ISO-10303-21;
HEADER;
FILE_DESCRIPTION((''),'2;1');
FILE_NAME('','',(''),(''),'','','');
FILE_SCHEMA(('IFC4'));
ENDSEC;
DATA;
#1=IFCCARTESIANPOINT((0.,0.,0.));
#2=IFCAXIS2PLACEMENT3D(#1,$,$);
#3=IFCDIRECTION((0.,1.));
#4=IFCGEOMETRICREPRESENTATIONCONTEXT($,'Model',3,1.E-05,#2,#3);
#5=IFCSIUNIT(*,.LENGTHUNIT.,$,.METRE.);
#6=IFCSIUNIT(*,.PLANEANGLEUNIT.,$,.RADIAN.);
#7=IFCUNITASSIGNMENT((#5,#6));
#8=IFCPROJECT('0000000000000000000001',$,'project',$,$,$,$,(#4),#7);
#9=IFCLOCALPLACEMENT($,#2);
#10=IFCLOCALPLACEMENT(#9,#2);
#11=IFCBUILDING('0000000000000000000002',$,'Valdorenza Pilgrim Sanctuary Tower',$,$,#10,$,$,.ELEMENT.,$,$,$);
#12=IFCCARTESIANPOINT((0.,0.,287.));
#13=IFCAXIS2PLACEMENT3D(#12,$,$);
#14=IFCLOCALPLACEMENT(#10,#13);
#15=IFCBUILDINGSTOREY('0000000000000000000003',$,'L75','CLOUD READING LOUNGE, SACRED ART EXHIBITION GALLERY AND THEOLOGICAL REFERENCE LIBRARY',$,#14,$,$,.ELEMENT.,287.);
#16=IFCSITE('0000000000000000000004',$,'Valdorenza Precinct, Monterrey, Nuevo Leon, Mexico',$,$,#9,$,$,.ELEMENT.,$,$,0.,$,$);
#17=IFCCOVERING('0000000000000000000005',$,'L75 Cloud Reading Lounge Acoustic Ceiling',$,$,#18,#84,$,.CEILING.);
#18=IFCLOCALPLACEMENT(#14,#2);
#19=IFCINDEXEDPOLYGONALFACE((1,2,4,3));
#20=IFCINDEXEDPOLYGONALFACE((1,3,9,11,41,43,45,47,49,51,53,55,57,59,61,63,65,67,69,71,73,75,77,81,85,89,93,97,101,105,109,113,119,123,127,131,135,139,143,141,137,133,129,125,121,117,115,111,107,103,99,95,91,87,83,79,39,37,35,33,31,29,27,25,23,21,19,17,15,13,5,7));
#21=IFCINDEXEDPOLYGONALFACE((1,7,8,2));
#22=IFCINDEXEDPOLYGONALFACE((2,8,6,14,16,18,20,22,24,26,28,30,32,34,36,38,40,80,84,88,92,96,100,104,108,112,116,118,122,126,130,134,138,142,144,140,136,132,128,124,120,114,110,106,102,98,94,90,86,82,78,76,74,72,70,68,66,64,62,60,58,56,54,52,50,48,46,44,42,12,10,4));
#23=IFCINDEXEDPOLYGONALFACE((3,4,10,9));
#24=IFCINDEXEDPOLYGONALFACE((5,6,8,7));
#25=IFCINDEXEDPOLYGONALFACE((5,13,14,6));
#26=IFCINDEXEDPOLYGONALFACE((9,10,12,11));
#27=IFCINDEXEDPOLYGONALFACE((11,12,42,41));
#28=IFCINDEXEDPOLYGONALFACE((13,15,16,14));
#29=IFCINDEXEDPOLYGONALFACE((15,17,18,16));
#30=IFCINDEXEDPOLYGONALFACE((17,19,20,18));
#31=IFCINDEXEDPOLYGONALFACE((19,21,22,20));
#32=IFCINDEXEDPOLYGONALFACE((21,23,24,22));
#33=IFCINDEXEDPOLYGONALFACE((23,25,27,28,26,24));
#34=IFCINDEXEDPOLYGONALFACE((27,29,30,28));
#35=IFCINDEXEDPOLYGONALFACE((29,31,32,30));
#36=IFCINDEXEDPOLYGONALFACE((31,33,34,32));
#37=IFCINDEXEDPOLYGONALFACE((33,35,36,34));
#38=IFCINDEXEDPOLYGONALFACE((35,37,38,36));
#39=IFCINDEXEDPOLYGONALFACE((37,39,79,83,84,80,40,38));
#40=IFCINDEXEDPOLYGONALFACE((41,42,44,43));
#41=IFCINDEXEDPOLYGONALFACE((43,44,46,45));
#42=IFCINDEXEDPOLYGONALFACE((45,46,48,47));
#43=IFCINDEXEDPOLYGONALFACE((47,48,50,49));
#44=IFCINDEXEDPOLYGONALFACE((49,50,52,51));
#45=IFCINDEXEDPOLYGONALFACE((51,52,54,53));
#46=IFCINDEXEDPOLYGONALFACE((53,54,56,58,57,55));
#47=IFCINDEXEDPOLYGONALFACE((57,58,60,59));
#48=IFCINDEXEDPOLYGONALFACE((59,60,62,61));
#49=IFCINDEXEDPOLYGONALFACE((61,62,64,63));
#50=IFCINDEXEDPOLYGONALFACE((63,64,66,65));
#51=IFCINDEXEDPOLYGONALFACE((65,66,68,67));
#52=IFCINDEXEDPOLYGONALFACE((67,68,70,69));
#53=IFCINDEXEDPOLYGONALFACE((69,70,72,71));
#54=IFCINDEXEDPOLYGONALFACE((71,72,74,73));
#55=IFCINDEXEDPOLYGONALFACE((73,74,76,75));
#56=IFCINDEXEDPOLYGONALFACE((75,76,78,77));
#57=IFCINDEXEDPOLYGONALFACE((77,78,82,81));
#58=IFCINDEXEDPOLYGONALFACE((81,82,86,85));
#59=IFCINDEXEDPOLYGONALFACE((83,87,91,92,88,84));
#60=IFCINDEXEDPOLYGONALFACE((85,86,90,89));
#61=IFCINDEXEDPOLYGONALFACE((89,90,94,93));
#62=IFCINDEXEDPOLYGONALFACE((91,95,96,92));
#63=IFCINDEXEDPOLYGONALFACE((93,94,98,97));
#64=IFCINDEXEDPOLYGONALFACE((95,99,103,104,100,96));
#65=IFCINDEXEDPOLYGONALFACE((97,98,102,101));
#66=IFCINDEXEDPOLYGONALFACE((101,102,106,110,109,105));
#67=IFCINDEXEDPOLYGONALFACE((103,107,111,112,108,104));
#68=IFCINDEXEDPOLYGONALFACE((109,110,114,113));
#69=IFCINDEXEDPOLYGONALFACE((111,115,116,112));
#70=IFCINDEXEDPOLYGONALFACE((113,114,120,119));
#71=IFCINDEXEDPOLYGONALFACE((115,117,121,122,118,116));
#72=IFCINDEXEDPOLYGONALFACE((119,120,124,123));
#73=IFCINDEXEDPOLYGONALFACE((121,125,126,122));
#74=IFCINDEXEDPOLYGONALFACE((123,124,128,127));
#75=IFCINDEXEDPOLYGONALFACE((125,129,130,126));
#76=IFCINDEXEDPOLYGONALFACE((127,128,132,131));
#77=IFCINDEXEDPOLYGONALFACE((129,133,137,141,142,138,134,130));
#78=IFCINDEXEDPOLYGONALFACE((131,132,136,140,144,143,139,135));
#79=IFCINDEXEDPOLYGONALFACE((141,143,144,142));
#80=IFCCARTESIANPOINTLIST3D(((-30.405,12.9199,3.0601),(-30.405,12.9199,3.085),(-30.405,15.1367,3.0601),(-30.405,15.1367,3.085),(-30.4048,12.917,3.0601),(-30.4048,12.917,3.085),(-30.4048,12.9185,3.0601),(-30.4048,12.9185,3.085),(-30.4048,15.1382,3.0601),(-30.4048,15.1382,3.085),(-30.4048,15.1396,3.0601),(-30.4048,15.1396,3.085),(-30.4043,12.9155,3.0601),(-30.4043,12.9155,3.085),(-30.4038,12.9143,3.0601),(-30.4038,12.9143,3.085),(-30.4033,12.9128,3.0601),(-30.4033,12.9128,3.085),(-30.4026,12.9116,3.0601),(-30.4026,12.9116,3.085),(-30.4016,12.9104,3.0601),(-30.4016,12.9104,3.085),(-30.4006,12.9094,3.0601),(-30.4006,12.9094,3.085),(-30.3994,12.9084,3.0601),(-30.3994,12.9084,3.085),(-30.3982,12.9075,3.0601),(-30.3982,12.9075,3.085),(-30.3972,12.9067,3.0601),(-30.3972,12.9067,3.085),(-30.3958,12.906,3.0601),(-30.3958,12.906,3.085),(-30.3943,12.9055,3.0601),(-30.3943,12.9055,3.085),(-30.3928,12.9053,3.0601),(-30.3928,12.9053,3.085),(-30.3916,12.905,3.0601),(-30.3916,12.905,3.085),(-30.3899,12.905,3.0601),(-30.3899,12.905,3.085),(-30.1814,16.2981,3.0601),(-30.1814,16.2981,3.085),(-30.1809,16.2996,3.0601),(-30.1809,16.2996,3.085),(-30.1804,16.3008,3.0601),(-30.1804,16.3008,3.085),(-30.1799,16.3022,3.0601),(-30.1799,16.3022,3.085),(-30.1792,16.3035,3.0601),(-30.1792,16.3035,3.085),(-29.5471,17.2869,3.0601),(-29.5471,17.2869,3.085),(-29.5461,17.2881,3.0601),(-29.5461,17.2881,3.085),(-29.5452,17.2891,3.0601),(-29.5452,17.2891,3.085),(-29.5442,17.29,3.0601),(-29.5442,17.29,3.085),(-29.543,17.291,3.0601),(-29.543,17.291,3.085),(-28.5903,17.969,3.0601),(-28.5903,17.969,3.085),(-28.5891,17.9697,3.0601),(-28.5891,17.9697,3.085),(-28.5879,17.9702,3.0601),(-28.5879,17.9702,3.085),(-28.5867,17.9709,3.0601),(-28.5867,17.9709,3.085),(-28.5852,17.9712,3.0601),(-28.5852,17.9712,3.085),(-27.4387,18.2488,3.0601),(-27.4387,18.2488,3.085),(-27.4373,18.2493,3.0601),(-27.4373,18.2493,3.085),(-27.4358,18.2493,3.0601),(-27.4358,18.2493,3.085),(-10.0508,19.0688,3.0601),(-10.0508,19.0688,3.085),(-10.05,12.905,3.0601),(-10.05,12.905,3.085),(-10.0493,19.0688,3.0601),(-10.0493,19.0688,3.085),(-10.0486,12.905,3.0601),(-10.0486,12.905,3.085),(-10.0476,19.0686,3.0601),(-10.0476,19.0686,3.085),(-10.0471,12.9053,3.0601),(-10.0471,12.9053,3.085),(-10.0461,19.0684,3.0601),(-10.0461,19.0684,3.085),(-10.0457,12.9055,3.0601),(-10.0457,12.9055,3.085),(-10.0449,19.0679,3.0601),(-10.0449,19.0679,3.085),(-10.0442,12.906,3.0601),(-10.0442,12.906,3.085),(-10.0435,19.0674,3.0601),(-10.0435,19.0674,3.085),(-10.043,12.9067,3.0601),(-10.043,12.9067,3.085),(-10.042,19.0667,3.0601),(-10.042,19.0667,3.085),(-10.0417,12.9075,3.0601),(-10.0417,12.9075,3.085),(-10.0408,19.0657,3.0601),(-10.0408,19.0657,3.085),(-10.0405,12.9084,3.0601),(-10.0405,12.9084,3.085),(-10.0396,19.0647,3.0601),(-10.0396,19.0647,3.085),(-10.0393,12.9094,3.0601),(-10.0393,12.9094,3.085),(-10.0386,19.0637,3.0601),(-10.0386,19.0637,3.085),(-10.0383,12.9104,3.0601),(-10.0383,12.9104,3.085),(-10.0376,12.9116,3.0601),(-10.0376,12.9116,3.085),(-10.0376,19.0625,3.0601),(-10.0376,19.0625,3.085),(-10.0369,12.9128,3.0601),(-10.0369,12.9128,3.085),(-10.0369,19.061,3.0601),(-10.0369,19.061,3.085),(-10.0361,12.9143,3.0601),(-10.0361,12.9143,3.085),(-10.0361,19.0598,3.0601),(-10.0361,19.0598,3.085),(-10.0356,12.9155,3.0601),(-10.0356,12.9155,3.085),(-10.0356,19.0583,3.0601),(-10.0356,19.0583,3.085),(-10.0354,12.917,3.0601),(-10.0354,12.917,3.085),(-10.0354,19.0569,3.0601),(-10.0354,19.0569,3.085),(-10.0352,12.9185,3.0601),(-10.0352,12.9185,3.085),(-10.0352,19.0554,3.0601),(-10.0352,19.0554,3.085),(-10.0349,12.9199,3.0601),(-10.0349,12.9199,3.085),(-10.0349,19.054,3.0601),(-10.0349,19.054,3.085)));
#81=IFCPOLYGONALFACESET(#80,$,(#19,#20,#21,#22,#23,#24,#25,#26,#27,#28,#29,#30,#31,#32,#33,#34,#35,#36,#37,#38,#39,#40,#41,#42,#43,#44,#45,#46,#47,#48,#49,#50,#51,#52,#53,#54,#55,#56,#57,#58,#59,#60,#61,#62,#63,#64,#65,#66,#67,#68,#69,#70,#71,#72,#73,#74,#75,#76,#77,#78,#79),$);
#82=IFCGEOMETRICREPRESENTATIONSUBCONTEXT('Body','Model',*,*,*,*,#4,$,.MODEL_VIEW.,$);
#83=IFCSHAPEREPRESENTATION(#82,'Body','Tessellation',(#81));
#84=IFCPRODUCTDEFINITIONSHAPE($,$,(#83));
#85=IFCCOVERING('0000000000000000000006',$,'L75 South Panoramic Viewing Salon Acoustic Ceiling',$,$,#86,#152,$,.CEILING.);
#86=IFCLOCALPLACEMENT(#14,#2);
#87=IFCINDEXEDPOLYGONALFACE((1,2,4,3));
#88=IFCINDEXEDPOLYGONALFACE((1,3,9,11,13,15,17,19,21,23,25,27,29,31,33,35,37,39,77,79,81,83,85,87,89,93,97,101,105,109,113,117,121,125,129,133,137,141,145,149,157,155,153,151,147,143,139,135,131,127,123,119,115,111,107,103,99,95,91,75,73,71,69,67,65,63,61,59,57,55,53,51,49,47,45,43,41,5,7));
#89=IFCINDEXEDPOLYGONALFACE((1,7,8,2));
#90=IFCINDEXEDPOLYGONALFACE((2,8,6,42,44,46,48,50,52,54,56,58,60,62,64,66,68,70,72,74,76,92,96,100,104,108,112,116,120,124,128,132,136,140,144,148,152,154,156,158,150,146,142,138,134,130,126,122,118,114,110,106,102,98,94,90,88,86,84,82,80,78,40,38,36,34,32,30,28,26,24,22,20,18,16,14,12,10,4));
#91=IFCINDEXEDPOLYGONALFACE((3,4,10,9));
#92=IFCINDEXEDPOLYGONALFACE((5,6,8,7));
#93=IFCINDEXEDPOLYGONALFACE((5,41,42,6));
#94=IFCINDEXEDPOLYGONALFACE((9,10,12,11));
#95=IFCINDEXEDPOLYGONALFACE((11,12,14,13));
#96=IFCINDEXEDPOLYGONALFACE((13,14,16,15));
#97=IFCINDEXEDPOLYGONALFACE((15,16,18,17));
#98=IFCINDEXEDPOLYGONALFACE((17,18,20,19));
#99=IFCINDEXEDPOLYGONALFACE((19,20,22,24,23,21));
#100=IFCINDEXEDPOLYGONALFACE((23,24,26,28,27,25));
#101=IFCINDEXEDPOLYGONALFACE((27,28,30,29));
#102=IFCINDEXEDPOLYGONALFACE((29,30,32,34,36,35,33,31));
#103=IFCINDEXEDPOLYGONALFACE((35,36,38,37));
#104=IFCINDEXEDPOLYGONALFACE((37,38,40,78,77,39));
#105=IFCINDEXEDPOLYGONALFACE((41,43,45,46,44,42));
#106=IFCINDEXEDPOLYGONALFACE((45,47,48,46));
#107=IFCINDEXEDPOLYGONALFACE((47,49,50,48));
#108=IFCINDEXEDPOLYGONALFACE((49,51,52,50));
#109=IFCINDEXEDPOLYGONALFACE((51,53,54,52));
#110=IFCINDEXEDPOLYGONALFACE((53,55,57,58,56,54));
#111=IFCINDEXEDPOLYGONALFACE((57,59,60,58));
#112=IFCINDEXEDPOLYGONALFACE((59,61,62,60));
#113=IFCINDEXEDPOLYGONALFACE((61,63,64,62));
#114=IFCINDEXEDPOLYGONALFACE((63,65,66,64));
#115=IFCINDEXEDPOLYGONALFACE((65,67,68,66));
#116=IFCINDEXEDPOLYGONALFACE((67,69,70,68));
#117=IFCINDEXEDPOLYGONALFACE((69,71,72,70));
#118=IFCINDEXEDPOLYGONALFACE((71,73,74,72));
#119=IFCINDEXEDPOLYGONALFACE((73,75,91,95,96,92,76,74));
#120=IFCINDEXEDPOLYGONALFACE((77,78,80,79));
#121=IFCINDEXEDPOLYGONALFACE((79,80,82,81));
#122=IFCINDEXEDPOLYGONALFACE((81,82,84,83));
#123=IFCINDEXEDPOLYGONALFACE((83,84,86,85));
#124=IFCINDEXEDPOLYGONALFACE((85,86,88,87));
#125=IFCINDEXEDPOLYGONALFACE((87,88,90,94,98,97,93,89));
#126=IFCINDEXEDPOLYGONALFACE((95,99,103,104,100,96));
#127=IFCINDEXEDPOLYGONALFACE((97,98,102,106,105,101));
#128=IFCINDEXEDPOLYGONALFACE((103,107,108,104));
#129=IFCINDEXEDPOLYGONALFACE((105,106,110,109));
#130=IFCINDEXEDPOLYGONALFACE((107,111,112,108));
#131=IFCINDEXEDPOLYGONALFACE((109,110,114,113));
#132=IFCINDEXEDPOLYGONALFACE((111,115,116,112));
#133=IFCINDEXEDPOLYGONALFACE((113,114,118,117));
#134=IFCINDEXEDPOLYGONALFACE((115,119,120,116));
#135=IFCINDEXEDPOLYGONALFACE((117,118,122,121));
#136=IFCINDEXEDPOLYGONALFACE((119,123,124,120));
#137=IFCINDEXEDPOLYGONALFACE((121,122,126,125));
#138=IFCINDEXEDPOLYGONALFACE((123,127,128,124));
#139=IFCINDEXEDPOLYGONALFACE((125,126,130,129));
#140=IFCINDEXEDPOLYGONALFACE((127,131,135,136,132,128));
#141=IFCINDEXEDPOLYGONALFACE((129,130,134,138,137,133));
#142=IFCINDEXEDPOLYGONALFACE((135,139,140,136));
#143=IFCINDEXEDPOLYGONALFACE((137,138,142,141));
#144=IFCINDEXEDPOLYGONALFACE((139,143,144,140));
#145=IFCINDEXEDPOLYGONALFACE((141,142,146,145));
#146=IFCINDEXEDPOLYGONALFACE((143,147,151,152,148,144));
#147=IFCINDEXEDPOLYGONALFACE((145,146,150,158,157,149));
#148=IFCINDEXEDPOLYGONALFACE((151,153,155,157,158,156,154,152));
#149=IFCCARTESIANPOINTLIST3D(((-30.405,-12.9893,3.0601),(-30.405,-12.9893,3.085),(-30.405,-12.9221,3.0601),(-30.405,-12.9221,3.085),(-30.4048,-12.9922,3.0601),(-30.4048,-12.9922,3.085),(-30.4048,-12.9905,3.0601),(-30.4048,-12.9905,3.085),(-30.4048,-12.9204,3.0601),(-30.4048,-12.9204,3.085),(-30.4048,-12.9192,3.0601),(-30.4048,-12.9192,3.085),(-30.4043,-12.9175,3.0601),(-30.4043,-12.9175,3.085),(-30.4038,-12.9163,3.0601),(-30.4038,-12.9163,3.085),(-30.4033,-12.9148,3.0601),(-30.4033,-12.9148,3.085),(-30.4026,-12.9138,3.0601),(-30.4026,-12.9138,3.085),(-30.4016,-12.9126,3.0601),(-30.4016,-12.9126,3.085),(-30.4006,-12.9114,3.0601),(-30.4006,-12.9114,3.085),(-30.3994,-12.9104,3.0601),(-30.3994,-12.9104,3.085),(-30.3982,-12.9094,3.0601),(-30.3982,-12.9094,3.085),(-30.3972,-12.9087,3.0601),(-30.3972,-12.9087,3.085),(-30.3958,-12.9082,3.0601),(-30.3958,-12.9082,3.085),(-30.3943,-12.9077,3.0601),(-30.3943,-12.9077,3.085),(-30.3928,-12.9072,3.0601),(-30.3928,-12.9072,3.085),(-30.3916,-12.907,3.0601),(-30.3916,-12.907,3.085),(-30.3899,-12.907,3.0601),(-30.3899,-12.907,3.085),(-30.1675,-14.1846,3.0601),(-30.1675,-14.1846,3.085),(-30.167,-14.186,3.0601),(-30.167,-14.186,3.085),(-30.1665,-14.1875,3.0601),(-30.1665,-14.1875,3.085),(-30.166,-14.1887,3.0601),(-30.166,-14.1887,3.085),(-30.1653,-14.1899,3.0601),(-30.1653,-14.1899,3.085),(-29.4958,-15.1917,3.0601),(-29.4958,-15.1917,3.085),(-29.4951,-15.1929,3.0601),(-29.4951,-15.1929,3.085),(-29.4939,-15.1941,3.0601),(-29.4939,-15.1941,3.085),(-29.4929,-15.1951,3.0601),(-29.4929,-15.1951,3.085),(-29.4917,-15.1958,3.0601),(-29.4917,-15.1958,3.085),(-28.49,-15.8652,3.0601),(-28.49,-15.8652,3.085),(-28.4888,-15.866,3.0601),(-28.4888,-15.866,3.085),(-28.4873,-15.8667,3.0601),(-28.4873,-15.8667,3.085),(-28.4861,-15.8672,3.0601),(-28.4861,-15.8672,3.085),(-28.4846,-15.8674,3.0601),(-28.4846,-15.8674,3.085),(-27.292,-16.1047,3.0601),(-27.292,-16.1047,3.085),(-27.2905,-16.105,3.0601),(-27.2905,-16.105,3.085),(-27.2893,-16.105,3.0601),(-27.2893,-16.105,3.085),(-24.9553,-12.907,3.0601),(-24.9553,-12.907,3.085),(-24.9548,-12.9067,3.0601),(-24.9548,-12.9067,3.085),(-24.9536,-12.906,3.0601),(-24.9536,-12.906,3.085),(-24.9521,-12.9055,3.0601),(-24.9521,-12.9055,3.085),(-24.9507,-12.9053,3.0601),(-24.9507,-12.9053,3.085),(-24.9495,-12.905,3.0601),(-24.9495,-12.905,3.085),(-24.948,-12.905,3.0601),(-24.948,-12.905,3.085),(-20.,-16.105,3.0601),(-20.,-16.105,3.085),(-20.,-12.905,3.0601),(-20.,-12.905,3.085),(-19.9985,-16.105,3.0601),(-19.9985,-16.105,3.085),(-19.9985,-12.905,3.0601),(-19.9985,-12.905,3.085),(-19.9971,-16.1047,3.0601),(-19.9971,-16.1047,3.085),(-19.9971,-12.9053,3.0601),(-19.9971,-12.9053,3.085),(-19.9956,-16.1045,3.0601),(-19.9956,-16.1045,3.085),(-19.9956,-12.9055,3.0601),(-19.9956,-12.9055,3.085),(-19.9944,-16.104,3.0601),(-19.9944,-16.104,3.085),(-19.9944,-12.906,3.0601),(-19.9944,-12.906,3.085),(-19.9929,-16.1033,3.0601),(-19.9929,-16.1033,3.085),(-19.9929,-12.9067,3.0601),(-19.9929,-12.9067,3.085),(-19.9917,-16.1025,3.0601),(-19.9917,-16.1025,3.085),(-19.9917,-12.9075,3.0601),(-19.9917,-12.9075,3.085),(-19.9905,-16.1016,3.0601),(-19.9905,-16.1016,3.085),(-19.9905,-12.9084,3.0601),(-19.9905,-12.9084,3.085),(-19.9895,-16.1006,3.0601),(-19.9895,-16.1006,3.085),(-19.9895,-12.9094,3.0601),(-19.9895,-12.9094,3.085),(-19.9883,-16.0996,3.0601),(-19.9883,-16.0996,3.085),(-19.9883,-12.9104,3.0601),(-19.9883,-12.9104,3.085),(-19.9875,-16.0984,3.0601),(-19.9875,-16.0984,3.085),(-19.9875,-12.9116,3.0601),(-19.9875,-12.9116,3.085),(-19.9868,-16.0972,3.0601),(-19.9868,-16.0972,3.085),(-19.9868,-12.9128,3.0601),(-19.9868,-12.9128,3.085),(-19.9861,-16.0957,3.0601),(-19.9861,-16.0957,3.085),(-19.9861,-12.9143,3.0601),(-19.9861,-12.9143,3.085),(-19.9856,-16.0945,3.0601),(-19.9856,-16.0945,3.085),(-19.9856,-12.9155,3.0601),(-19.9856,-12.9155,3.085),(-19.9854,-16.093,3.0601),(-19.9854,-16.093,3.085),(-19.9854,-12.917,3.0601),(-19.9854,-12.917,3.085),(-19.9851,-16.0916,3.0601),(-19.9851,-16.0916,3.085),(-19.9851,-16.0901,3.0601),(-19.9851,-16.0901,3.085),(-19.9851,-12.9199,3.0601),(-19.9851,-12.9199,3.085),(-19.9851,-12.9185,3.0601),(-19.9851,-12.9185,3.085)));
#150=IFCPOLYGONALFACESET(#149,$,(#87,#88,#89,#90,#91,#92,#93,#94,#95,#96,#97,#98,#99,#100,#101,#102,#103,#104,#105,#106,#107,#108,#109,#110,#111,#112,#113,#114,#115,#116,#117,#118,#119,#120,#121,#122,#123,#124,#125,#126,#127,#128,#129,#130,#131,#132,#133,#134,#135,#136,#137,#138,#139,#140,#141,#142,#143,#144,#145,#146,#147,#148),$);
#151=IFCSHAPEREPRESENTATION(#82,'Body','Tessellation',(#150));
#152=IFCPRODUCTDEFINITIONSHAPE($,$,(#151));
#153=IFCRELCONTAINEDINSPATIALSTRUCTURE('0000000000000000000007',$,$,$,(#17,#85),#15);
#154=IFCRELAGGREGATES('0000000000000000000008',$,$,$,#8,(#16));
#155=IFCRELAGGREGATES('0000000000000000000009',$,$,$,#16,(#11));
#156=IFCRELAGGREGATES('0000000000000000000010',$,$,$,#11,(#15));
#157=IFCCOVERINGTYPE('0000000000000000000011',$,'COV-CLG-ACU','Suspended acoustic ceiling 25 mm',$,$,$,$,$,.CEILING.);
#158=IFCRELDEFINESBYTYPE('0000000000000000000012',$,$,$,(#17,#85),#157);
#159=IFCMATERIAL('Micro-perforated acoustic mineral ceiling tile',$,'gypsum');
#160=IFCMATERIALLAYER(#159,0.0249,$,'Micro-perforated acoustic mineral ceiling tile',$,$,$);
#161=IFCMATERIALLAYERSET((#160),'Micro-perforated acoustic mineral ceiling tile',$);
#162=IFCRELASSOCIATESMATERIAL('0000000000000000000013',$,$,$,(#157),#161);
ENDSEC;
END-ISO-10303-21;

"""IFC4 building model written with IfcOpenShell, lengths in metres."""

from ifc_helpers import new_model, si_unit, direction, frame, origin, place, context, subcontext, project, spatial, polyline, outline, extrude, material, layer, layer_set, type_object, element, save


model = new_model("IFC4")

# Units and contexts
model_context = context("Model", 3, precision=1e-05, world=origin(), true_north=direction((0.0, 1.0)))
body_context = subcontext(model_context, "Body", "Model", "MODEL_VIEW")
ifc_project = project(units=[si_unit("LENGTHUNIT", "METRE"), si_unit("PLANEANGLEUNIT", "RADIAN")], contexts=[model_context])

# Site, building, storey
site_placement = place(None, origin())
site = spatial("IfcSite", under=ifc_project, at=site_placement, Name="Valdorenza Precinct, Monterrey, Nuevo Leon, Mexico", CompositionType="ELEMENT", RefElevation=0.0)
building_placement = place(site_placement, origin())
building = spatial("IfcBuilding", under=site, at=building_placement, Name="Valdorenza Pilgrim Sanctuary Tower", CompositionType="ELEMENT")
storey_placement = place(building_placement, frame((0.0, 0.0, 287.0)))
storey = spatial("IfcBuildingStorey", under=building, at=storey_placement, Name="L75", Description="CLOUD READING LOUNGE, SACRED ART EXHIBITION GALLERY AND THEOLOGICAL REFERENCE LIBRARY", CompositionType="ELEMENT", Elevation=287.0)

# Coverings
ifc_material_1 = material(Name="Micro-perforated acoustic mineral ceiling tile", Category="gypsum")
ifc_layer_1 = layer(ifc_material_1, 0.0249, Name="Micro-perforated acoustic mineral ceiling tile")
ifc_layer_set_1 = layer_set([ifc_layer_1], Name="Micro-perforated acoustic mineral ceiling tile")
covering_type_1 = type_object("IfcCoveringType", Name="COV-CLG-ACU", Description="Suspended acoustic ceiling 25 mm", PredefinedType="CEILING", material=ifc_layer_set_1)
covering_1_placement = place(storey_placement, frame((0.0, 0.0, 3.0601)))
element("IfcCovering", 1, at=covering_1_placement, inside=storey, type_object=covering_type_1, Name="L75 Cloud Reading Lounge Acoustic Ceiling", PredefinedType="CEILING", context=body_context, shape_type="SweptSolid", body=[
    extrude(outline(polyline([(-30.3899, 12.905), (-30.3916, 12.905), (-30.3928, 12.9053), (-30.3943, 12.9055), (-30.3958, 12.906), (-30.3972, 12.9067), (-30.3982, 12.9075), (-30.3994, 12.9084), (-30.4006, 12.9094), (-30.4016, 12.9104), (-30.4026, 12.9116), (-30.4033, 12.9128), (-30.4038, 12.9143), (-30.4043, 12.9155), (-30.4048, 12.917), (-30.4048, 12.9185), (-30.405, 12.9199), (-30.405, 15.1367), (-30.4048, 15.1382), (-30.4048, 15.1396), (-30.1814, 16.2981), (-30.1809, 16.2996), (-30.1804, 16.3008), (-30.1799, 16.3022), (-30.1792, 16.3035), (-29.5471, 17.2869), (-29.5461, 17.2881), (-29.5452, 17.2891), (-29.5442, 17.29), (-29.543, 17.291), (-28.5903, 17.969), (-28.5891, 17.9697), (-28.5879, 17.9702), (-28.5867, 17.9709), (-28.5852, 17.9712), (-27.4387, 18.2488), (-27.4373, 18.2493), (-27.4358, 18.2493), (-10.0508, 19.0688), (-10.0493, 19.0688), (-10.0476, 19.0686), (-10.0461, 19.0684), (-10.0449, 19.0679), (-10.0435, 19.0674), (-10.042, 19.0667), (-10.0408, 19.0657), (-10.0396, 19.0647), (-10.0386, 19.0637), (-10.0376, 19.0625), (-10.0369, 19.061), (-10.0361, 19.0598), (-10.0356, 19.0583), (-10.0354, 19.0569), (-10.0352, 19.0554), (-10.0349, 19.054), (-10.0349, 12.9199), (-10.0352, 12.9185), (-10.0354, 12.917), (-10.0356, 12.9155), (-10.0361, 12.9143), (-10.0369, 12.9128), (-10.0376, 12.9116), (-10.0383, 12.9104), (-10.0393, 12.9094), (-10.0405, 12.9084), (-10.0417, 12.9075), (-10.043, 12.9067), (-10.0442, 12.906), (-10.0457, 12.9055), (-10.0471, 12.9053), (-10.0486, 12.905), (-10.05, 12.905), (-30.3899, 12.905)])), origin(), (0.0, 0.0, 1.0), 0.0249),
])
covering_2_placement = place(storey_placement, frame((0.0, 0.0, 3.0601)))
element("IfcCovering", 2, at=covering_2_placement, inside=storey, type_object=covering_type_1, Name="L75 South Panoramic Viewing Salon Acoustic Ceiling", PredefinedType="CEILING", context=body_context, shape_type="SweptSolid", body=[
    extrude(outline(polyline([(-24.9553, -12.907), (-24.9548, -12.9067), (-24.9536, -12.906), (-24.9521, -12.9055), (-24.9507, -12.9053), (-24.9495, -12.905), (-24.948, -12.905), (-20.0, -12.905), (-19.9985, -12.905), (-19.9971, -12.9053), (-19.9956, -12.9055), (-19.9944, -12.906), (-19.9929, -12.9067), (-19.9917, -12.9075), (-19.9905, -12.9084), (-19.9895, -12.9094), (-19.9883, -12.9104), (-19.9875, -12.9116), (-19.9868, -12.9128), (-19.9861, -12.9143), (-19.9856, -12.9155), (-19.9854, -12.917), (-19.9851, -12.9185), (-19.9851, -12.9199), (-19.9851, -16.0901), (-19.9851, -16.0916), (-19.9854, -16.093), (-19.9856, -16.0945), (-19.9861, -16.0957), (-19.9868, -16.0972), (-19.9875, -16.0984), (-19.9883, -16.0996), (-19.9895, -16.1006), (-19.9905, -16.1016), (-19.9917, -16.1025), (-19.9929, -16.1033), (-19.9944, -16.104), (-19.9956, -16.1045), (-19.9971, -16.1047), (-19.9985, -16.105), (-20.0, -16.105), (-27.2893, -16.105), (-27.2905, -16.105), (-27.292, -16.1047), (-28.4846, -15.8674), (-28.4861, -15.8672), (-28.4873, -15.8667), (-28.4888, -15.866), (-28.49, -15.8652), (-29.4917, -15.1958), (-29.4929, -15.1951), (-29.4939, -15.1941), (-29.4951, -15.1929), (-29.4958, -15.1917), (-30.1653, -14.1899), (-30.166, -14.1887), (-30.1665, -14.1875), (-30.167, -14.186), (-30.1675, -14.1846), (-30.4048, -12.9922), (-30.4048, -12.9905), (-30.405, -12.9893), (-30.405, -12.9221), (-30.4048, -12.9204), (-30.4048, -12.9192), (-30.4043, -12.9175), (-30.4038, -12.9163), (-30.4033, -12.9148), (-30.4026, -12.9138), (-30.4016, -12.9126), (-30.4006, -12.9114), (-30.3994, -12.9104), (-30.3982, -12.9094), (-30.3972, -12.9087), (-30.3958, -12.9082), (-30.3943, -12.9077), (-30.3928, -12.9072), (-30.3916, -12.907), (-30.3899, -12.907), (-24.9553, -12.907)])), origin(), (0.0, 0.0, 1.0), 0.0249),
])

save(model, "model.ifc")
